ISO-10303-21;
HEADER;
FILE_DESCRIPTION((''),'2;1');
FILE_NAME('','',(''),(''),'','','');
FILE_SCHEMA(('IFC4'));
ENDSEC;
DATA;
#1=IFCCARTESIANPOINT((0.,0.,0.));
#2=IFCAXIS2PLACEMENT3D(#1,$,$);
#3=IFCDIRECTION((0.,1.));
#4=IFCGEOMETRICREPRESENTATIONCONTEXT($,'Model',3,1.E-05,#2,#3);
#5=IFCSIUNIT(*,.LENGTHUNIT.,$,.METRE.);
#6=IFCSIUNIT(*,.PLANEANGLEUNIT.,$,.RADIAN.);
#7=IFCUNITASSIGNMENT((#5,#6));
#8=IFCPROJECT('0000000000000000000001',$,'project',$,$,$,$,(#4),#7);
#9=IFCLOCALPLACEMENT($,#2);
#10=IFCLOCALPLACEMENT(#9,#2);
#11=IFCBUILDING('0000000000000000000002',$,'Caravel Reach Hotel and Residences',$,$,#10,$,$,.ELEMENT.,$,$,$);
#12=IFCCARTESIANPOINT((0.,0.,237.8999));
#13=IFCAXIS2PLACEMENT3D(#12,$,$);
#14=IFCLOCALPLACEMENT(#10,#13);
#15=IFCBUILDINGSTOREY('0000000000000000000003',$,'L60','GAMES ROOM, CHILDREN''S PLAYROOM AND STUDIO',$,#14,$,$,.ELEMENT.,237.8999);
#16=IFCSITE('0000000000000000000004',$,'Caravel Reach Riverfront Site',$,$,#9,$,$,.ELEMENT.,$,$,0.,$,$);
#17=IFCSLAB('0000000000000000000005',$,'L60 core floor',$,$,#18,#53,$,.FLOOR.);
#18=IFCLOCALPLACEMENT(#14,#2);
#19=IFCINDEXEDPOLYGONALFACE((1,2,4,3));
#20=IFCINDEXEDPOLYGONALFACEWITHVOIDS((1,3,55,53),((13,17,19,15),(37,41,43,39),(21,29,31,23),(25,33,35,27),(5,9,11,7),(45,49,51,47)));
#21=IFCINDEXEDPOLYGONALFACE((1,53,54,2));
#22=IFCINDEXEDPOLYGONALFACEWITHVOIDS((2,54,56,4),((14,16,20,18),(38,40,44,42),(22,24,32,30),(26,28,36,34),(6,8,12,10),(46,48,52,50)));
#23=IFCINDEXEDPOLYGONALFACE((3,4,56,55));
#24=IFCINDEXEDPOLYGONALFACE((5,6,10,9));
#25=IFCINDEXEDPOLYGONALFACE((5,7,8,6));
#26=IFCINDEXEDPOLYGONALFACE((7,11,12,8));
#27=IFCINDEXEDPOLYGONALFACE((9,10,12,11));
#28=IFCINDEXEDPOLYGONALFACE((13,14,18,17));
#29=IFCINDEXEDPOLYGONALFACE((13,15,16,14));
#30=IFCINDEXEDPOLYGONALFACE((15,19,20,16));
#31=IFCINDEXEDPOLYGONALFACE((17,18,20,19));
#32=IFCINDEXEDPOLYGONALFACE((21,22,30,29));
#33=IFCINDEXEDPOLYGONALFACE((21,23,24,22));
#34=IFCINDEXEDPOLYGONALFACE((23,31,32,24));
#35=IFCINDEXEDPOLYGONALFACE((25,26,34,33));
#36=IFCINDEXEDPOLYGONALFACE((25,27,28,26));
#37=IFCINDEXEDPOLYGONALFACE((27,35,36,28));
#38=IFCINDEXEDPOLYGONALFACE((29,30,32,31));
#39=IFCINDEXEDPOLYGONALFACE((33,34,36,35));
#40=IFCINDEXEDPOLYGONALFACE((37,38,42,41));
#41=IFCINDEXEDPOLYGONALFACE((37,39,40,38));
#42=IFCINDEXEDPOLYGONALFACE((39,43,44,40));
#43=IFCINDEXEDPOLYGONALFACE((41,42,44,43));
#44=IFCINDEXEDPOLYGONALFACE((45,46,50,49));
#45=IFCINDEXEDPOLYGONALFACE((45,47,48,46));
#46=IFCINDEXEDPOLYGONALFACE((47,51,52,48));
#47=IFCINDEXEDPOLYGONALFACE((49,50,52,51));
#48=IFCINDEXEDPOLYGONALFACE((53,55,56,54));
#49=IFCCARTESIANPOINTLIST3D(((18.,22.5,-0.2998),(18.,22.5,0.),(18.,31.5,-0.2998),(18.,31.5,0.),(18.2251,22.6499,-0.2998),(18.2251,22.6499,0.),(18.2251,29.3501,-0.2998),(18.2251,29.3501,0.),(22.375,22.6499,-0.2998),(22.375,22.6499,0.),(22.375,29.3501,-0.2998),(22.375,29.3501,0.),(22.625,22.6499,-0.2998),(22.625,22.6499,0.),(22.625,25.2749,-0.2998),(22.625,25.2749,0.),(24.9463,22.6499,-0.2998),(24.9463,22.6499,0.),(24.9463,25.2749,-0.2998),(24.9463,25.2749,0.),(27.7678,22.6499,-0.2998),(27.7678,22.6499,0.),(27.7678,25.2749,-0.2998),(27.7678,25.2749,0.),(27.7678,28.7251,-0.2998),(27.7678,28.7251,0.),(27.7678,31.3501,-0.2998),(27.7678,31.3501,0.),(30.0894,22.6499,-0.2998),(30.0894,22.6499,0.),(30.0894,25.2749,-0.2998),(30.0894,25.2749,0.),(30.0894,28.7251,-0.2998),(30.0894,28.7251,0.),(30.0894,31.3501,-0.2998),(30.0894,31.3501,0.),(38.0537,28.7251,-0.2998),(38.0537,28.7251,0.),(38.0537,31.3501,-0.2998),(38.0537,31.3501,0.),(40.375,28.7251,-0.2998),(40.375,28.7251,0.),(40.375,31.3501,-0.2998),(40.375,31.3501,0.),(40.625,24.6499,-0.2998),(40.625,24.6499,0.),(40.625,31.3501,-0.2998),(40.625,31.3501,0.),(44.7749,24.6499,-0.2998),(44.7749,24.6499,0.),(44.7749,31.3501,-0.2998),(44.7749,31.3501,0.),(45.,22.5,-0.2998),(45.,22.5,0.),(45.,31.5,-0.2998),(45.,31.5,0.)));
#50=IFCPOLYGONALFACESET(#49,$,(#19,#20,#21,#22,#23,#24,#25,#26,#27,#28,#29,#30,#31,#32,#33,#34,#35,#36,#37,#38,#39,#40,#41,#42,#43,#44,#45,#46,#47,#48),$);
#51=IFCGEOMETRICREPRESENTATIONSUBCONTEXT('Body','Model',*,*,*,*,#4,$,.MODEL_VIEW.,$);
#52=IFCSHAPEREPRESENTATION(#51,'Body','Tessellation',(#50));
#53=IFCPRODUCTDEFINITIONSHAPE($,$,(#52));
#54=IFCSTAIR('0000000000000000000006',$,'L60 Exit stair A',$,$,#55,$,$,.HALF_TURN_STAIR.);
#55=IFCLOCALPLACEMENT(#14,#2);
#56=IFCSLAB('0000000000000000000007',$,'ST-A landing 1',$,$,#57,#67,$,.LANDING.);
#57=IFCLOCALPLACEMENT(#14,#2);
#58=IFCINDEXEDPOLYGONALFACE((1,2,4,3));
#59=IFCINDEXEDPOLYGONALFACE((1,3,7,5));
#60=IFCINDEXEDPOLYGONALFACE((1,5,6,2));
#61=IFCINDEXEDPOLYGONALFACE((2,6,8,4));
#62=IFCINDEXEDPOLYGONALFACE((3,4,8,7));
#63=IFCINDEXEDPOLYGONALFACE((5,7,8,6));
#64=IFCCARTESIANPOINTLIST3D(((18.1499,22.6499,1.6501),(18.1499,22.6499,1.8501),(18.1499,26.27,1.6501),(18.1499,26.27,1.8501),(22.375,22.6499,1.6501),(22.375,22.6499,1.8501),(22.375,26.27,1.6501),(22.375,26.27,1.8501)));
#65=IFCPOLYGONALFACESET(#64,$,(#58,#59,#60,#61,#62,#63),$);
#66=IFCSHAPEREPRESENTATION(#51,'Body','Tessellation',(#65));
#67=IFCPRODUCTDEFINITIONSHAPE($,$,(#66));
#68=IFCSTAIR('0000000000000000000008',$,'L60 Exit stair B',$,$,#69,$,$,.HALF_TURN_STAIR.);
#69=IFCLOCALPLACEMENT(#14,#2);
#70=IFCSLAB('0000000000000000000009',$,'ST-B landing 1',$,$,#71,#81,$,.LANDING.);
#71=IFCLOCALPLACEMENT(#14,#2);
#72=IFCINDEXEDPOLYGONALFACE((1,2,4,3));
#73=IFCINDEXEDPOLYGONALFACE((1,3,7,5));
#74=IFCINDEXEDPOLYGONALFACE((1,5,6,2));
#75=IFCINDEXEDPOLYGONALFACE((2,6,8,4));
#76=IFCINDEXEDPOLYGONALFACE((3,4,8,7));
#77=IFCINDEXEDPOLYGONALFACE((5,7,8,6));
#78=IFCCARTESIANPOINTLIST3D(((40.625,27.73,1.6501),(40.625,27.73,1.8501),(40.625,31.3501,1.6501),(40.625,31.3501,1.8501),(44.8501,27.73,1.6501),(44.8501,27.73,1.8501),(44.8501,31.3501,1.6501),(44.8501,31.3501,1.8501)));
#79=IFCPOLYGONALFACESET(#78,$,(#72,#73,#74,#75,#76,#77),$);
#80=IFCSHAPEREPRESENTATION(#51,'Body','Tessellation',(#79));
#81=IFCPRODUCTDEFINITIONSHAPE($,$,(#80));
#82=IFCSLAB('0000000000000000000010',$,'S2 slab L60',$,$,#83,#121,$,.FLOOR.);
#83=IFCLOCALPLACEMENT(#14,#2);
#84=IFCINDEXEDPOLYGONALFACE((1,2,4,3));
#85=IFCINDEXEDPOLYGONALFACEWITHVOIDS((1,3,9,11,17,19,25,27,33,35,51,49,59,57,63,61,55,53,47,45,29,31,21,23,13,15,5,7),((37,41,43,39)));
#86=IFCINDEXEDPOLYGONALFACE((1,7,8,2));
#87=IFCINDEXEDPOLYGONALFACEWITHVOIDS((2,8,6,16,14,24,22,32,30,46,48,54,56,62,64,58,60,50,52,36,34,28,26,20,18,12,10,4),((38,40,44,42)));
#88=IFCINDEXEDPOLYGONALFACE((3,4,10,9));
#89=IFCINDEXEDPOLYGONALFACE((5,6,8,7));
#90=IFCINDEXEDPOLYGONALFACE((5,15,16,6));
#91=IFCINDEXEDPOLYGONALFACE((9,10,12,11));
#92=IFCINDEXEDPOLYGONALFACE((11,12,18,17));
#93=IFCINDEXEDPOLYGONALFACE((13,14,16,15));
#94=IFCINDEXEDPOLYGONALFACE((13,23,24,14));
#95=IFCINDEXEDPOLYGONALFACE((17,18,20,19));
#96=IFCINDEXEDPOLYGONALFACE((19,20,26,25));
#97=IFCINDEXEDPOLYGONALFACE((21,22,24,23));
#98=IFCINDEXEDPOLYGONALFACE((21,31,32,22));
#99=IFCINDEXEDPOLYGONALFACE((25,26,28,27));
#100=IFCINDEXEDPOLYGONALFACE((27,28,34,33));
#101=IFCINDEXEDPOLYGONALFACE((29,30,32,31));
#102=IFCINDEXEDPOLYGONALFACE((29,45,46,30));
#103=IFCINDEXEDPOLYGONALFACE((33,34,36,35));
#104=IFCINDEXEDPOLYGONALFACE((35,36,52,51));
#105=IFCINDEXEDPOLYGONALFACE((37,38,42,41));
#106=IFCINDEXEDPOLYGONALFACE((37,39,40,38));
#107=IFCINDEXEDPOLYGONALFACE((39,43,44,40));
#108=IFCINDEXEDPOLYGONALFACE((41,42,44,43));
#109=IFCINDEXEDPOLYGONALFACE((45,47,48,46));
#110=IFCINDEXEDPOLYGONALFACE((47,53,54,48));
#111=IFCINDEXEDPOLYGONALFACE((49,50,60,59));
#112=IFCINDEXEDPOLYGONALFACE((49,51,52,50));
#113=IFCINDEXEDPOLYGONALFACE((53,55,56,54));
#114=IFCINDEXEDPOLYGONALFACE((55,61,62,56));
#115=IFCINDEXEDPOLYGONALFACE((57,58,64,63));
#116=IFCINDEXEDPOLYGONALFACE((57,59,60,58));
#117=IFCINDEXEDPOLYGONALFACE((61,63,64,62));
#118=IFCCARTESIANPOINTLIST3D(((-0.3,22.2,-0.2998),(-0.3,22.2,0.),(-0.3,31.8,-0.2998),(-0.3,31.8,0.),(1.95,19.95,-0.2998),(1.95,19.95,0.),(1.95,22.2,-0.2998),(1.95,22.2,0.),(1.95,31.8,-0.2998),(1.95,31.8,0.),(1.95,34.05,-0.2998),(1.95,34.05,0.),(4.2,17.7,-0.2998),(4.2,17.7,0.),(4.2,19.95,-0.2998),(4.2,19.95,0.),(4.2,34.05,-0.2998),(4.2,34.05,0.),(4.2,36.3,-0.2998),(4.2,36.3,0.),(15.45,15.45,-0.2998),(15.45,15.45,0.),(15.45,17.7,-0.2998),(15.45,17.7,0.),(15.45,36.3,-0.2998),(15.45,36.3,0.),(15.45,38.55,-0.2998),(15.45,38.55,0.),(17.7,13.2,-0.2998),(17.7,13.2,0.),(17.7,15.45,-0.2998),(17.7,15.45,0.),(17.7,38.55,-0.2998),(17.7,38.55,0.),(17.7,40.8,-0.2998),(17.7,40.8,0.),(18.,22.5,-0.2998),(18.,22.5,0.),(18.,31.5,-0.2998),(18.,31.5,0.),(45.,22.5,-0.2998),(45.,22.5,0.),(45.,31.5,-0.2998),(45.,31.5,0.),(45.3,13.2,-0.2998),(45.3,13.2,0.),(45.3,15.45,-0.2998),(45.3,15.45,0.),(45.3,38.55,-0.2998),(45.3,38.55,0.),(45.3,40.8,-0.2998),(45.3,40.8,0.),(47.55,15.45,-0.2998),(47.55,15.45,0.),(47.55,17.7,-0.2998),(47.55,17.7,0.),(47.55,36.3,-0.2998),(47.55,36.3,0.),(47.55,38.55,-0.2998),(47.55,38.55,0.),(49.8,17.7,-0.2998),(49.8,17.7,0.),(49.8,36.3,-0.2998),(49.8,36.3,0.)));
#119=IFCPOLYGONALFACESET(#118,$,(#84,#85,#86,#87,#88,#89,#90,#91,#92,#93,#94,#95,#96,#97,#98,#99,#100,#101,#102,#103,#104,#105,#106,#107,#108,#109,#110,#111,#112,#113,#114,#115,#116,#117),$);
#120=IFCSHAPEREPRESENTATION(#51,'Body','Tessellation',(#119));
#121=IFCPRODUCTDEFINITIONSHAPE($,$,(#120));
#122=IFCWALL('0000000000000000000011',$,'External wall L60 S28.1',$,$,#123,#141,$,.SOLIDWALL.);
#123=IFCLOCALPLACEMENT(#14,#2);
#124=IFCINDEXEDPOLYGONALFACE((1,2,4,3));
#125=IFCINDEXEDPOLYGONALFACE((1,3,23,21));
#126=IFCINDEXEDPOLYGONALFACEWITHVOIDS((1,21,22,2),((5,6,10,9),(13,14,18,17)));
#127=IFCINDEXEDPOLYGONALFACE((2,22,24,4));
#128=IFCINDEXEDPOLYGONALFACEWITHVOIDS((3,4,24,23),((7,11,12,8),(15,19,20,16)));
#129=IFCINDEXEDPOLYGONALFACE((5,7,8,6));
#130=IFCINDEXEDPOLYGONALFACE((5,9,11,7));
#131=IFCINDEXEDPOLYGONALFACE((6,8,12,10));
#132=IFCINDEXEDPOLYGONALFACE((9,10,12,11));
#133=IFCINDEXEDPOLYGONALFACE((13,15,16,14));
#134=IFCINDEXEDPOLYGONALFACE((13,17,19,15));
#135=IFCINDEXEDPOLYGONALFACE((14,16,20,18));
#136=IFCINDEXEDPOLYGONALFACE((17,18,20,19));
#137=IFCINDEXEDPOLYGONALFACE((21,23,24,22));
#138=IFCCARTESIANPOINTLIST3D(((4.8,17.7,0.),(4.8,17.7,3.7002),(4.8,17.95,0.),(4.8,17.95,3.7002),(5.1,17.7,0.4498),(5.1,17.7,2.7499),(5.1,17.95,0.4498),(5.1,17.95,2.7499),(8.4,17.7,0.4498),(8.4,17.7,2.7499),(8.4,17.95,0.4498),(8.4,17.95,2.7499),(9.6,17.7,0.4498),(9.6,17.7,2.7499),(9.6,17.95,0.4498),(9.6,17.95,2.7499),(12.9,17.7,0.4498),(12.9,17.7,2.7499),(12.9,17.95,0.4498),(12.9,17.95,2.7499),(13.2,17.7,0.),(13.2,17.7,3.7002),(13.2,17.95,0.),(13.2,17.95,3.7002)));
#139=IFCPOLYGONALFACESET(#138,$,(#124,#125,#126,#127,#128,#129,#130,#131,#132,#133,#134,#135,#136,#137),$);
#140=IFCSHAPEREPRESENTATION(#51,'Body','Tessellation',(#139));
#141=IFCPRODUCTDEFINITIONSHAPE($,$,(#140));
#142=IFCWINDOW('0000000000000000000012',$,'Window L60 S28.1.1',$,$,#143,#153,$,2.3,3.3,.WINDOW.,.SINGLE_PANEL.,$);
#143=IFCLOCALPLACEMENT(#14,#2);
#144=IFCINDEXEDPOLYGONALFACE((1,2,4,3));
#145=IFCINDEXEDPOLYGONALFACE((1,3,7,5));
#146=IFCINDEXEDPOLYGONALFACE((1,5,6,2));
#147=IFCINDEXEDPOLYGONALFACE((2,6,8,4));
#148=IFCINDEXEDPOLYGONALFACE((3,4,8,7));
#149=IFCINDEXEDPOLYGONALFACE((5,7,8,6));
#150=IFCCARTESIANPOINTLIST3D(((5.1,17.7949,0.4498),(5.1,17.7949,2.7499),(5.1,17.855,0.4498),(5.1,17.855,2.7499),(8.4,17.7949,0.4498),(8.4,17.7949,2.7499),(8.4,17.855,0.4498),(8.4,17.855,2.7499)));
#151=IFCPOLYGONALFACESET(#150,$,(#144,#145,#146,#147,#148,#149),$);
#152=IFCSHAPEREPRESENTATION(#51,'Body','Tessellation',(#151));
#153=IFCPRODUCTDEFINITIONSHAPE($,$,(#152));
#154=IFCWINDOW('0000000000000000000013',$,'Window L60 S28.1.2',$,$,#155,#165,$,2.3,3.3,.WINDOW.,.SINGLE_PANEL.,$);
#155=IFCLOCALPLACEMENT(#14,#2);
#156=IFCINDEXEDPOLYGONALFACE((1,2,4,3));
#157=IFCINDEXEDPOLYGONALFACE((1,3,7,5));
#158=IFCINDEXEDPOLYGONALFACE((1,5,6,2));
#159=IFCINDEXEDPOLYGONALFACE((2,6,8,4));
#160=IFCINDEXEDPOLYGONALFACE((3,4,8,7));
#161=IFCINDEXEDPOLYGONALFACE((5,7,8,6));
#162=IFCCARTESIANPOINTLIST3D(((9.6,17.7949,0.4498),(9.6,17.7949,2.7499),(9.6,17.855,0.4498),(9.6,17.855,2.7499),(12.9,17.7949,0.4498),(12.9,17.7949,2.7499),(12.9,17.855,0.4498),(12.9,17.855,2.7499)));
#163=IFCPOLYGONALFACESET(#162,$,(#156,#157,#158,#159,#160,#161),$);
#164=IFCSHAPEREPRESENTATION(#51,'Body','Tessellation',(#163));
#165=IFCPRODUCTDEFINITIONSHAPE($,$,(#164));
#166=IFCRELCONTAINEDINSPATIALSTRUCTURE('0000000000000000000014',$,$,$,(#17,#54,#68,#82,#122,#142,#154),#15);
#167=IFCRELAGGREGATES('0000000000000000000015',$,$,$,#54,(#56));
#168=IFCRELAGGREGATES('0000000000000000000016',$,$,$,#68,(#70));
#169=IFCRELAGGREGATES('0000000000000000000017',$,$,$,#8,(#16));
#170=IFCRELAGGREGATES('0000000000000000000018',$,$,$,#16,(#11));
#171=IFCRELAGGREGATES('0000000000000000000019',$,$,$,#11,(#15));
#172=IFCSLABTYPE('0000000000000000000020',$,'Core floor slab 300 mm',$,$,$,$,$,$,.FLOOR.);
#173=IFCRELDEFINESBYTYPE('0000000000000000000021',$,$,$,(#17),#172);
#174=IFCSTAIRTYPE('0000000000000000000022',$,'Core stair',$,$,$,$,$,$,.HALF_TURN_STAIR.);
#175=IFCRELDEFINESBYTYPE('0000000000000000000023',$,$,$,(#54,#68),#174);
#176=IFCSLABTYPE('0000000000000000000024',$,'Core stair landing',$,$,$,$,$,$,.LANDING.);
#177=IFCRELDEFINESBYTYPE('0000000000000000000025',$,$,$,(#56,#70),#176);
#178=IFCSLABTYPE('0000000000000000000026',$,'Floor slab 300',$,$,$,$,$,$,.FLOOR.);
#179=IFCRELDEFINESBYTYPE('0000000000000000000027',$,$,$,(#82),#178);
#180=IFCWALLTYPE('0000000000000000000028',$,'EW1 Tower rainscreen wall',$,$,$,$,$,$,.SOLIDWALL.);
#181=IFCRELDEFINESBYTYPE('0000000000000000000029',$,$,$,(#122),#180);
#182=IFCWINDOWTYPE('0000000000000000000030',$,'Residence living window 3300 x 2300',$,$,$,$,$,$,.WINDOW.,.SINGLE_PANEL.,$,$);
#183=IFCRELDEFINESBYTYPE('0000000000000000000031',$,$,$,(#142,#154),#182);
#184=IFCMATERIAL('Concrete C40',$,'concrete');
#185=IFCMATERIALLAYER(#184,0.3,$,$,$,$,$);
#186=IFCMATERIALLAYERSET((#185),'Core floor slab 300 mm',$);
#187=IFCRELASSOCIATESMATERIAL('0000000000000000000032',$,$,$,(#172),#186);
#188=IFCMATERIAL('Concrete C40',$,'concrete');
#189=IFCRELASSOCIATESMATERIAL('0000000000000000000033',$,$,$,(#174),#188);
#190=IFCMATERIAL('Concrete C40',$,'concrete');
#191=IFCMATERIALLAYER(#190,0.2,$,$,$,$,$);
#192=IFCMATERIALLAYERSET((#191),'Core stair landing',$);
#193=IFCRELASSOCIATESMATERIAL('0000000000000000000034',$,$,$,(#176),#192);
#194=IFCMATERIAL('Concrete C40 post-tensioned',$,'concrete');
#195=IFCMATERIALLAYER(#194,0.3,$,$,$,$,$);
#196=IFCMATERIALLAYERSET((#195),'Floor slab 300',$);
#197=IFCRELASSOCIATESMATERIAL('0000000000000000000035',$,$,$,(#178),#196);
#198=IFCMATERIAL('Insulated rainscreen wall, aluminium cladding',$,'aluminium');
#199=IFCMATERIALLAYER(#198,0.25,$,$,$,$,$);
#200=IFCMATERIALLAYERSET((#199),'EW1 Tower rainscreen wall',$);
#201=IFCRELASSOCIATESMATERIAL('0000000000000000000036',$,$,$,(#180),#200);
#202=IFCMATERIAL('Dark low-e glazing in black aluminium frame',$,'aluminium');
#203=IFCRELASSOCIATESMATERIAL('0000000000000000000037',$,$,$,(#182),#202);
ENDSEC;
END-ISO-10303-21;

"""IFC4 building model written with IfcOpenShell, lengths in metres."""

from ifc_helpers import new_model, si_unit, direction, frame, frame_2d, origin, place, context, subcontext, project, spatial, polyline, rectangle, outline, extrude, material, layer, layer_set, type_object, element, fill, aggregate, save


model = new_model("IFC4")

# Units and contexts
model_context = context("Model", 3, precision=1e-05, world=origin(), true_north=direction((0.0, 1.0)))
body_context = subcontext(model_context, "Body", "Model", "MODEL_VIEW")
ifc_project = project(units=[si_unit("LENGTHUNIT", "METRE"), si_unit("PLANEANGLEUNIT", "RADIAN")], contexts=[model_context])

# Site, building, storey
site_placement = place(None, origin())
site = spatial("IfcSite", under=ifc_project, at=site_placement, Name="Caravel Reach Riverfront Site", CompositionType="ELEMENT", RefElevation=0.0)
building_placement = place(site_placement, origin())
building = spatial("IfcBuilding", under=site, at=building_placement, Name="Caravel Reach Hotel and Residences", CompositionType="ELEMENT")
storey_placement = place(building_placement, frame((0.0, 0.0, 237.8999)))
storey = spatial("IfcBuildingStorey", under=building, at=storey_placement, Name="L60", Description="GAMES ROOM, CHILDREN'S PLAYROOM AND STUDIO", CompositionType="ELEMENT", Elevation=237.8999)

# Slab
ifc_material_1 = material(Name="Concrete C40", Category="concrete")
ifc_layer_1 = layer(ifc_material_1, 0.3)
ifc_layer_set_1 = layer_set([ifc_layer_1], Name="Core floor slab 300 mm")
slab_type_1 = type_object("IfcSlabType", Name="Core floor slab 300 mm", PredefinedType="FLOOR", material=ifc_layer_set_1)
slab_1_placement = place(storey_placement, frame((0.0, 0.0, -0.2998)))
element("IfcSlab", 1, at=slab_1_placement, inside=storey, type_object=slab_type_1, Name="L60 core floor", PredefinedType="FLOOR", context=body_context, shape_type="SweptSolid", body=[
    extrude(outline(polyline([(18.0, 31.5), (45.0, 31.5), (45.0, 22.5), (18.0, 22.5), (18.0, 31.5)]), holes=[polyline([(22.625, 22.6499), (24.9463, 22.6499), (24.9463, 25.2749), (22.625, 25.2749), (22.625, 22.6499)]), polyline([(27.7678, 25.2749), (27.7678, 22.6499), (30.0894, 22.6499), (30.0894, 25.2749), (27.7678, 25.2749)]), polyline([(22.375, 22.6499), (22.375, 29.3501), (18.2251, 29.3501), (18.2251, 22.6499), (22.375, 22.6499)]), polyline([(40.625, 24.6499), (44.7749, 24.6499), (44.7749, 31.3501), (40.625, 31.3501), (40.625, 24.6499)]), polyline([(27.7678, 31.3501), (27.7678, 28.7251), (30.0894, 28.7251), (30.0894, 31.3501), (27.7678, 31.3501)]), polyline([(38.0537, 31.3501), (38.0537, 28.7251), (40.375, 28.7251), (40.375, 31.3501), (38.0537, 31.3501)])]), origin(), (0.0, 0.0, 1.0), 0.2998),
])

# Stairs, slabs
ifc_material_2 = material(Name="Concrete C40", Category="concrete")
stair_type = type_object("IfcStairType", Name="Core stair", PredefinedType="HALF_TURN_STAIR", material=ifc_material_2)
stair_1_placement = place(storey_placement, origin())
stair_1 = element("IfcStair", 2, at=stair_1_placement, inside=storey, type_object=stair_type, Name="L60 Exit stair A", PredefinedType="HALF_TURN_STAIR")
ifc_material_3 = material(Name="Concrete C40", Category="concrete")
ifc_layer_2 = layer(ifc_material_3, 0.2)
ifc_layer_set_2 = layer_set([ifc_layer_2], Name="Core stair landing")
slab_type_2 = type_object("IfcSlabType", Name="Core stair landing", PredefinedType="LANDING", material=ifc_layer_set_2)
slab_2_placement = place(storey_placement, frame((0.0, 0.0, 1.6501)))
slab_2 = element("IfcSlab", 3, at=slab_2_placement, type_object=slab_type_2, Name="ST-A landing 1", PredefinedType="LANDING", context=body_context, shape_type="SweptSolid", body=[
    extrude(outline(polyline([(18.1499, 26.27), (18.1499, 22.6499), (22.375, 22.6499), (22.375, 26.27), (18.1499, 26.27)])), origin(), (0.0, 0.0, 1.0), 0.2),
])
aggregate(stair_1, [slab_2])
stair_2_placement = place(storey_placement, origin())
stair_2 = element("IfcStair", 4, at=stair_2_placement, inside=storey, type_object=stair_type, Name="L60 Exit stair B", PredefinedType="HALF_TURN_STAIR")
slab_3_placement = place(storey_placement, frame((0.0, 0.0, 1.6501)))
slab_3 = element("IfcSlab", 5, at=slab_3_placement, type_object=slab_type_2, Name="ST-B landing 1", PredefinedType="LANDING", context=body_context, shape_type="SweptSolid", body=[
    extrude(outline(polyline([(44.8501, 27.73), (44.8501, 31.3501), (40.625, 31.3501), (40.625, 27.73), (44.8501, 27.73)])), origin(), (0.0, 0.0, 1.0), 0.2),
])
aggregate(stair_2, [slab_3])

# Slab
ifc_material_4 = material(Name="Concrete C40 post-tensioned", Category="concrete")
ifc_layer_3 = layer(ifc_material_4, 0.3)
ifc_layer_set_3 = layer_set([ifc_layer_3], Name="Floor slab 300")
slab_type_3 = type_object("IfcSlabType", Name="Floor slab 300", PredefinedType="FLOOR", material=ifc_layer_set_3)
slab_4_placement = place(storey_placement, frame((0.0, 0.0, -0.2998)))
element("IfcSlab", 6, at=slab_4_placement, inside=storey, type_object=slab_type_3, Name="S2 slab L60", PredefinedType="FLOOR", context=body_context, shape_type="SweptSolid", body=[
    extrude(outline(polyline([(4.2, 19.95), (1.95, 19.95), (1.95, 22.2), (-0.3, 22.2), (-0.3, 31.8), (1.95, 31.8), (1.95, 34.05), (4.2, 34.05), (4.2, 36.3), (15.45, 36.3), (15.45, 38.55), (17.7, 38.55), (17.7, 40.8), (45.3, 40.8), (45.3, 38.55), (47.55, 38.55), (47.55, 36.3), (49.8, 36.3), (49.8, 17.7), (47.55, 17.7), (47.55, 15.45), (45.3, 15.45), (45.3, 13.2), (17.7, 13.2), (17.7, 15.45), (15.45, 15.45), (15.45, 17.7), (4.2, 17.7), (4.2, 19.95)]), holes=[polyline([(45.0, 31.5), (18.0, 31.5), (18.0, 22.5), (45.0, 22.5), (45.0, 31.5)])]), origin(), (0.0, 0.0, 1.0), 0.2998),
])

# Wall, openings, windows
ifc_material_5 = material(Name="Insulated rainscreen wall, aluminium cladding", Category="aluminium")
ifc_layer_4 = layer(ifc_material_5, 0.25)
ifc_layer_set_4 = layer_set([ifc_layer_4], Name="EW1 Tower rainscreen wall")
wall_type_1 = type_object("IfcWallType", Name="EW1 Tower rainscreen wall", PredefinedType="SOLIDWALL", material=ifc_layer_set_4)
wall_1_placement = place(storey_placement, frame((4.8, 17.825, 0.0), z_axis=(0.0, 0.0, 1.0), x_axis=(1.0, 0.0, 0.0)))
wall_1 = element("IfcWall", 7, at=wall_1_placement, inside=storey, type_object=wall_type_1, Name="External wall L60 S28.1", PredefinedType="SOLIDWALL", context=body_context, shape_type="SweptSolid", body=[
    extrude(rectangle(XDim=8.3999, YDim=0.25, at=frame_2d((4.2, 0.0))), origin(), (0.0, 0.0, 1.0), 3.7002),
])
opening_1_placement = place(wall_1_placement, frame((0.3, 0.0, 0.45)))
opening_1 = element("IfcOpeningElement", 8, at=opening_1_placement, cuts=wall_1, PredefinedType="OPENING", context=body_context, shape_type="SweptSolid", body=[
    extrude(rectangle(XDim=3.3, YDim=2.3, at=frame_2d((1.6499, 1.1499))), frame((0.0, 0.135, 0.0), z_axis=(0.0, -1.0, 0.0), x_axis=(1.0, 0.0, 0.0)), (0.0, 0.0, 1.0), 0.27),
])
opening_2_placement = place(wall_1_placement, frame((4.8, 0.0, 0.45)))
opening_2 = element("IfcOpeningElement", 9, at=opening_2_placement, cuts=wall_1, PredefinedType="OPENING", context=body_context, shape_type="SweptSolid", body=[
    extrude(rectangle(XDim=3.3, YDim=2.3, at=frame_2d((1.6499, 1.1499))), frame((0.0, 0.135, 0.0), z_axis=(0.0, -1.0, 0.0), x_axis=(1.0, 0.0, 0.0)), (0.0, 0.0, 1.0), 0.27),
])
ifc_material_6 = material(Name="Dark low-e glazing in black aluminium frame", Category="aluminium")
window_type = type_object("IfcWindowType", Name="Residence living window 3300 x 2300", PartitioningType="SINGLE_PANEL", PredefinedType="WINDOW", material=ifc_material_6)
window_1_placement = place(opening_1_placement, origin())
window_1 = element("IfcWindow", 10, at=window_1_placement, inside=storey, type_object=window_type, Name="Window L60 S28.1.1", OverallHeight=2.3, OverallWidth=3.3, PartitioningType="SINGLE_PANEL", PredefinedType="WINDOW", context=body_context, shape_type="SweptSolid", body=[
    extrude(rectangle(XDim=3.3, YDim=2.3, at=frame_2d((1.6499, 1.1499))), frame((0.0, 0.03, 0.0), z_axis=(0.0, -1.0, 0.0), x_axis=(1.0, 0.0, 0.0)), (0.0, 0.0, 1.0), 0.0601),
])
fill(opening_1, window_1)
window_2_placement = place(opening_2_placement, origin())
window_2 = element("IfcWindow", 11, at=window_2_placement, inside=storey, type_object=window_type, Name="Window L60 S28.1.2", OverallHeight=2.3, OverallWidth=3.3, PartitioningType="SINGLE_PANEL", PredefinedType="WINDOW", context=body_context, shape_type="SweptSolid", body=[
    extrude(rectangle(XDim=3.3, YDim=2.3, at=frame_2d((1.6499, 1.1499))), frame((0.0, 0.03, 0.0), z_axis=(0.0, -1.0, 0.0), x_axis=(1.0, 0.0, 0.0)), (0.0, 0.0, 1.0), 0.0601),
])
fill(opening_2, window_2)

save(model, "model.ifc")
